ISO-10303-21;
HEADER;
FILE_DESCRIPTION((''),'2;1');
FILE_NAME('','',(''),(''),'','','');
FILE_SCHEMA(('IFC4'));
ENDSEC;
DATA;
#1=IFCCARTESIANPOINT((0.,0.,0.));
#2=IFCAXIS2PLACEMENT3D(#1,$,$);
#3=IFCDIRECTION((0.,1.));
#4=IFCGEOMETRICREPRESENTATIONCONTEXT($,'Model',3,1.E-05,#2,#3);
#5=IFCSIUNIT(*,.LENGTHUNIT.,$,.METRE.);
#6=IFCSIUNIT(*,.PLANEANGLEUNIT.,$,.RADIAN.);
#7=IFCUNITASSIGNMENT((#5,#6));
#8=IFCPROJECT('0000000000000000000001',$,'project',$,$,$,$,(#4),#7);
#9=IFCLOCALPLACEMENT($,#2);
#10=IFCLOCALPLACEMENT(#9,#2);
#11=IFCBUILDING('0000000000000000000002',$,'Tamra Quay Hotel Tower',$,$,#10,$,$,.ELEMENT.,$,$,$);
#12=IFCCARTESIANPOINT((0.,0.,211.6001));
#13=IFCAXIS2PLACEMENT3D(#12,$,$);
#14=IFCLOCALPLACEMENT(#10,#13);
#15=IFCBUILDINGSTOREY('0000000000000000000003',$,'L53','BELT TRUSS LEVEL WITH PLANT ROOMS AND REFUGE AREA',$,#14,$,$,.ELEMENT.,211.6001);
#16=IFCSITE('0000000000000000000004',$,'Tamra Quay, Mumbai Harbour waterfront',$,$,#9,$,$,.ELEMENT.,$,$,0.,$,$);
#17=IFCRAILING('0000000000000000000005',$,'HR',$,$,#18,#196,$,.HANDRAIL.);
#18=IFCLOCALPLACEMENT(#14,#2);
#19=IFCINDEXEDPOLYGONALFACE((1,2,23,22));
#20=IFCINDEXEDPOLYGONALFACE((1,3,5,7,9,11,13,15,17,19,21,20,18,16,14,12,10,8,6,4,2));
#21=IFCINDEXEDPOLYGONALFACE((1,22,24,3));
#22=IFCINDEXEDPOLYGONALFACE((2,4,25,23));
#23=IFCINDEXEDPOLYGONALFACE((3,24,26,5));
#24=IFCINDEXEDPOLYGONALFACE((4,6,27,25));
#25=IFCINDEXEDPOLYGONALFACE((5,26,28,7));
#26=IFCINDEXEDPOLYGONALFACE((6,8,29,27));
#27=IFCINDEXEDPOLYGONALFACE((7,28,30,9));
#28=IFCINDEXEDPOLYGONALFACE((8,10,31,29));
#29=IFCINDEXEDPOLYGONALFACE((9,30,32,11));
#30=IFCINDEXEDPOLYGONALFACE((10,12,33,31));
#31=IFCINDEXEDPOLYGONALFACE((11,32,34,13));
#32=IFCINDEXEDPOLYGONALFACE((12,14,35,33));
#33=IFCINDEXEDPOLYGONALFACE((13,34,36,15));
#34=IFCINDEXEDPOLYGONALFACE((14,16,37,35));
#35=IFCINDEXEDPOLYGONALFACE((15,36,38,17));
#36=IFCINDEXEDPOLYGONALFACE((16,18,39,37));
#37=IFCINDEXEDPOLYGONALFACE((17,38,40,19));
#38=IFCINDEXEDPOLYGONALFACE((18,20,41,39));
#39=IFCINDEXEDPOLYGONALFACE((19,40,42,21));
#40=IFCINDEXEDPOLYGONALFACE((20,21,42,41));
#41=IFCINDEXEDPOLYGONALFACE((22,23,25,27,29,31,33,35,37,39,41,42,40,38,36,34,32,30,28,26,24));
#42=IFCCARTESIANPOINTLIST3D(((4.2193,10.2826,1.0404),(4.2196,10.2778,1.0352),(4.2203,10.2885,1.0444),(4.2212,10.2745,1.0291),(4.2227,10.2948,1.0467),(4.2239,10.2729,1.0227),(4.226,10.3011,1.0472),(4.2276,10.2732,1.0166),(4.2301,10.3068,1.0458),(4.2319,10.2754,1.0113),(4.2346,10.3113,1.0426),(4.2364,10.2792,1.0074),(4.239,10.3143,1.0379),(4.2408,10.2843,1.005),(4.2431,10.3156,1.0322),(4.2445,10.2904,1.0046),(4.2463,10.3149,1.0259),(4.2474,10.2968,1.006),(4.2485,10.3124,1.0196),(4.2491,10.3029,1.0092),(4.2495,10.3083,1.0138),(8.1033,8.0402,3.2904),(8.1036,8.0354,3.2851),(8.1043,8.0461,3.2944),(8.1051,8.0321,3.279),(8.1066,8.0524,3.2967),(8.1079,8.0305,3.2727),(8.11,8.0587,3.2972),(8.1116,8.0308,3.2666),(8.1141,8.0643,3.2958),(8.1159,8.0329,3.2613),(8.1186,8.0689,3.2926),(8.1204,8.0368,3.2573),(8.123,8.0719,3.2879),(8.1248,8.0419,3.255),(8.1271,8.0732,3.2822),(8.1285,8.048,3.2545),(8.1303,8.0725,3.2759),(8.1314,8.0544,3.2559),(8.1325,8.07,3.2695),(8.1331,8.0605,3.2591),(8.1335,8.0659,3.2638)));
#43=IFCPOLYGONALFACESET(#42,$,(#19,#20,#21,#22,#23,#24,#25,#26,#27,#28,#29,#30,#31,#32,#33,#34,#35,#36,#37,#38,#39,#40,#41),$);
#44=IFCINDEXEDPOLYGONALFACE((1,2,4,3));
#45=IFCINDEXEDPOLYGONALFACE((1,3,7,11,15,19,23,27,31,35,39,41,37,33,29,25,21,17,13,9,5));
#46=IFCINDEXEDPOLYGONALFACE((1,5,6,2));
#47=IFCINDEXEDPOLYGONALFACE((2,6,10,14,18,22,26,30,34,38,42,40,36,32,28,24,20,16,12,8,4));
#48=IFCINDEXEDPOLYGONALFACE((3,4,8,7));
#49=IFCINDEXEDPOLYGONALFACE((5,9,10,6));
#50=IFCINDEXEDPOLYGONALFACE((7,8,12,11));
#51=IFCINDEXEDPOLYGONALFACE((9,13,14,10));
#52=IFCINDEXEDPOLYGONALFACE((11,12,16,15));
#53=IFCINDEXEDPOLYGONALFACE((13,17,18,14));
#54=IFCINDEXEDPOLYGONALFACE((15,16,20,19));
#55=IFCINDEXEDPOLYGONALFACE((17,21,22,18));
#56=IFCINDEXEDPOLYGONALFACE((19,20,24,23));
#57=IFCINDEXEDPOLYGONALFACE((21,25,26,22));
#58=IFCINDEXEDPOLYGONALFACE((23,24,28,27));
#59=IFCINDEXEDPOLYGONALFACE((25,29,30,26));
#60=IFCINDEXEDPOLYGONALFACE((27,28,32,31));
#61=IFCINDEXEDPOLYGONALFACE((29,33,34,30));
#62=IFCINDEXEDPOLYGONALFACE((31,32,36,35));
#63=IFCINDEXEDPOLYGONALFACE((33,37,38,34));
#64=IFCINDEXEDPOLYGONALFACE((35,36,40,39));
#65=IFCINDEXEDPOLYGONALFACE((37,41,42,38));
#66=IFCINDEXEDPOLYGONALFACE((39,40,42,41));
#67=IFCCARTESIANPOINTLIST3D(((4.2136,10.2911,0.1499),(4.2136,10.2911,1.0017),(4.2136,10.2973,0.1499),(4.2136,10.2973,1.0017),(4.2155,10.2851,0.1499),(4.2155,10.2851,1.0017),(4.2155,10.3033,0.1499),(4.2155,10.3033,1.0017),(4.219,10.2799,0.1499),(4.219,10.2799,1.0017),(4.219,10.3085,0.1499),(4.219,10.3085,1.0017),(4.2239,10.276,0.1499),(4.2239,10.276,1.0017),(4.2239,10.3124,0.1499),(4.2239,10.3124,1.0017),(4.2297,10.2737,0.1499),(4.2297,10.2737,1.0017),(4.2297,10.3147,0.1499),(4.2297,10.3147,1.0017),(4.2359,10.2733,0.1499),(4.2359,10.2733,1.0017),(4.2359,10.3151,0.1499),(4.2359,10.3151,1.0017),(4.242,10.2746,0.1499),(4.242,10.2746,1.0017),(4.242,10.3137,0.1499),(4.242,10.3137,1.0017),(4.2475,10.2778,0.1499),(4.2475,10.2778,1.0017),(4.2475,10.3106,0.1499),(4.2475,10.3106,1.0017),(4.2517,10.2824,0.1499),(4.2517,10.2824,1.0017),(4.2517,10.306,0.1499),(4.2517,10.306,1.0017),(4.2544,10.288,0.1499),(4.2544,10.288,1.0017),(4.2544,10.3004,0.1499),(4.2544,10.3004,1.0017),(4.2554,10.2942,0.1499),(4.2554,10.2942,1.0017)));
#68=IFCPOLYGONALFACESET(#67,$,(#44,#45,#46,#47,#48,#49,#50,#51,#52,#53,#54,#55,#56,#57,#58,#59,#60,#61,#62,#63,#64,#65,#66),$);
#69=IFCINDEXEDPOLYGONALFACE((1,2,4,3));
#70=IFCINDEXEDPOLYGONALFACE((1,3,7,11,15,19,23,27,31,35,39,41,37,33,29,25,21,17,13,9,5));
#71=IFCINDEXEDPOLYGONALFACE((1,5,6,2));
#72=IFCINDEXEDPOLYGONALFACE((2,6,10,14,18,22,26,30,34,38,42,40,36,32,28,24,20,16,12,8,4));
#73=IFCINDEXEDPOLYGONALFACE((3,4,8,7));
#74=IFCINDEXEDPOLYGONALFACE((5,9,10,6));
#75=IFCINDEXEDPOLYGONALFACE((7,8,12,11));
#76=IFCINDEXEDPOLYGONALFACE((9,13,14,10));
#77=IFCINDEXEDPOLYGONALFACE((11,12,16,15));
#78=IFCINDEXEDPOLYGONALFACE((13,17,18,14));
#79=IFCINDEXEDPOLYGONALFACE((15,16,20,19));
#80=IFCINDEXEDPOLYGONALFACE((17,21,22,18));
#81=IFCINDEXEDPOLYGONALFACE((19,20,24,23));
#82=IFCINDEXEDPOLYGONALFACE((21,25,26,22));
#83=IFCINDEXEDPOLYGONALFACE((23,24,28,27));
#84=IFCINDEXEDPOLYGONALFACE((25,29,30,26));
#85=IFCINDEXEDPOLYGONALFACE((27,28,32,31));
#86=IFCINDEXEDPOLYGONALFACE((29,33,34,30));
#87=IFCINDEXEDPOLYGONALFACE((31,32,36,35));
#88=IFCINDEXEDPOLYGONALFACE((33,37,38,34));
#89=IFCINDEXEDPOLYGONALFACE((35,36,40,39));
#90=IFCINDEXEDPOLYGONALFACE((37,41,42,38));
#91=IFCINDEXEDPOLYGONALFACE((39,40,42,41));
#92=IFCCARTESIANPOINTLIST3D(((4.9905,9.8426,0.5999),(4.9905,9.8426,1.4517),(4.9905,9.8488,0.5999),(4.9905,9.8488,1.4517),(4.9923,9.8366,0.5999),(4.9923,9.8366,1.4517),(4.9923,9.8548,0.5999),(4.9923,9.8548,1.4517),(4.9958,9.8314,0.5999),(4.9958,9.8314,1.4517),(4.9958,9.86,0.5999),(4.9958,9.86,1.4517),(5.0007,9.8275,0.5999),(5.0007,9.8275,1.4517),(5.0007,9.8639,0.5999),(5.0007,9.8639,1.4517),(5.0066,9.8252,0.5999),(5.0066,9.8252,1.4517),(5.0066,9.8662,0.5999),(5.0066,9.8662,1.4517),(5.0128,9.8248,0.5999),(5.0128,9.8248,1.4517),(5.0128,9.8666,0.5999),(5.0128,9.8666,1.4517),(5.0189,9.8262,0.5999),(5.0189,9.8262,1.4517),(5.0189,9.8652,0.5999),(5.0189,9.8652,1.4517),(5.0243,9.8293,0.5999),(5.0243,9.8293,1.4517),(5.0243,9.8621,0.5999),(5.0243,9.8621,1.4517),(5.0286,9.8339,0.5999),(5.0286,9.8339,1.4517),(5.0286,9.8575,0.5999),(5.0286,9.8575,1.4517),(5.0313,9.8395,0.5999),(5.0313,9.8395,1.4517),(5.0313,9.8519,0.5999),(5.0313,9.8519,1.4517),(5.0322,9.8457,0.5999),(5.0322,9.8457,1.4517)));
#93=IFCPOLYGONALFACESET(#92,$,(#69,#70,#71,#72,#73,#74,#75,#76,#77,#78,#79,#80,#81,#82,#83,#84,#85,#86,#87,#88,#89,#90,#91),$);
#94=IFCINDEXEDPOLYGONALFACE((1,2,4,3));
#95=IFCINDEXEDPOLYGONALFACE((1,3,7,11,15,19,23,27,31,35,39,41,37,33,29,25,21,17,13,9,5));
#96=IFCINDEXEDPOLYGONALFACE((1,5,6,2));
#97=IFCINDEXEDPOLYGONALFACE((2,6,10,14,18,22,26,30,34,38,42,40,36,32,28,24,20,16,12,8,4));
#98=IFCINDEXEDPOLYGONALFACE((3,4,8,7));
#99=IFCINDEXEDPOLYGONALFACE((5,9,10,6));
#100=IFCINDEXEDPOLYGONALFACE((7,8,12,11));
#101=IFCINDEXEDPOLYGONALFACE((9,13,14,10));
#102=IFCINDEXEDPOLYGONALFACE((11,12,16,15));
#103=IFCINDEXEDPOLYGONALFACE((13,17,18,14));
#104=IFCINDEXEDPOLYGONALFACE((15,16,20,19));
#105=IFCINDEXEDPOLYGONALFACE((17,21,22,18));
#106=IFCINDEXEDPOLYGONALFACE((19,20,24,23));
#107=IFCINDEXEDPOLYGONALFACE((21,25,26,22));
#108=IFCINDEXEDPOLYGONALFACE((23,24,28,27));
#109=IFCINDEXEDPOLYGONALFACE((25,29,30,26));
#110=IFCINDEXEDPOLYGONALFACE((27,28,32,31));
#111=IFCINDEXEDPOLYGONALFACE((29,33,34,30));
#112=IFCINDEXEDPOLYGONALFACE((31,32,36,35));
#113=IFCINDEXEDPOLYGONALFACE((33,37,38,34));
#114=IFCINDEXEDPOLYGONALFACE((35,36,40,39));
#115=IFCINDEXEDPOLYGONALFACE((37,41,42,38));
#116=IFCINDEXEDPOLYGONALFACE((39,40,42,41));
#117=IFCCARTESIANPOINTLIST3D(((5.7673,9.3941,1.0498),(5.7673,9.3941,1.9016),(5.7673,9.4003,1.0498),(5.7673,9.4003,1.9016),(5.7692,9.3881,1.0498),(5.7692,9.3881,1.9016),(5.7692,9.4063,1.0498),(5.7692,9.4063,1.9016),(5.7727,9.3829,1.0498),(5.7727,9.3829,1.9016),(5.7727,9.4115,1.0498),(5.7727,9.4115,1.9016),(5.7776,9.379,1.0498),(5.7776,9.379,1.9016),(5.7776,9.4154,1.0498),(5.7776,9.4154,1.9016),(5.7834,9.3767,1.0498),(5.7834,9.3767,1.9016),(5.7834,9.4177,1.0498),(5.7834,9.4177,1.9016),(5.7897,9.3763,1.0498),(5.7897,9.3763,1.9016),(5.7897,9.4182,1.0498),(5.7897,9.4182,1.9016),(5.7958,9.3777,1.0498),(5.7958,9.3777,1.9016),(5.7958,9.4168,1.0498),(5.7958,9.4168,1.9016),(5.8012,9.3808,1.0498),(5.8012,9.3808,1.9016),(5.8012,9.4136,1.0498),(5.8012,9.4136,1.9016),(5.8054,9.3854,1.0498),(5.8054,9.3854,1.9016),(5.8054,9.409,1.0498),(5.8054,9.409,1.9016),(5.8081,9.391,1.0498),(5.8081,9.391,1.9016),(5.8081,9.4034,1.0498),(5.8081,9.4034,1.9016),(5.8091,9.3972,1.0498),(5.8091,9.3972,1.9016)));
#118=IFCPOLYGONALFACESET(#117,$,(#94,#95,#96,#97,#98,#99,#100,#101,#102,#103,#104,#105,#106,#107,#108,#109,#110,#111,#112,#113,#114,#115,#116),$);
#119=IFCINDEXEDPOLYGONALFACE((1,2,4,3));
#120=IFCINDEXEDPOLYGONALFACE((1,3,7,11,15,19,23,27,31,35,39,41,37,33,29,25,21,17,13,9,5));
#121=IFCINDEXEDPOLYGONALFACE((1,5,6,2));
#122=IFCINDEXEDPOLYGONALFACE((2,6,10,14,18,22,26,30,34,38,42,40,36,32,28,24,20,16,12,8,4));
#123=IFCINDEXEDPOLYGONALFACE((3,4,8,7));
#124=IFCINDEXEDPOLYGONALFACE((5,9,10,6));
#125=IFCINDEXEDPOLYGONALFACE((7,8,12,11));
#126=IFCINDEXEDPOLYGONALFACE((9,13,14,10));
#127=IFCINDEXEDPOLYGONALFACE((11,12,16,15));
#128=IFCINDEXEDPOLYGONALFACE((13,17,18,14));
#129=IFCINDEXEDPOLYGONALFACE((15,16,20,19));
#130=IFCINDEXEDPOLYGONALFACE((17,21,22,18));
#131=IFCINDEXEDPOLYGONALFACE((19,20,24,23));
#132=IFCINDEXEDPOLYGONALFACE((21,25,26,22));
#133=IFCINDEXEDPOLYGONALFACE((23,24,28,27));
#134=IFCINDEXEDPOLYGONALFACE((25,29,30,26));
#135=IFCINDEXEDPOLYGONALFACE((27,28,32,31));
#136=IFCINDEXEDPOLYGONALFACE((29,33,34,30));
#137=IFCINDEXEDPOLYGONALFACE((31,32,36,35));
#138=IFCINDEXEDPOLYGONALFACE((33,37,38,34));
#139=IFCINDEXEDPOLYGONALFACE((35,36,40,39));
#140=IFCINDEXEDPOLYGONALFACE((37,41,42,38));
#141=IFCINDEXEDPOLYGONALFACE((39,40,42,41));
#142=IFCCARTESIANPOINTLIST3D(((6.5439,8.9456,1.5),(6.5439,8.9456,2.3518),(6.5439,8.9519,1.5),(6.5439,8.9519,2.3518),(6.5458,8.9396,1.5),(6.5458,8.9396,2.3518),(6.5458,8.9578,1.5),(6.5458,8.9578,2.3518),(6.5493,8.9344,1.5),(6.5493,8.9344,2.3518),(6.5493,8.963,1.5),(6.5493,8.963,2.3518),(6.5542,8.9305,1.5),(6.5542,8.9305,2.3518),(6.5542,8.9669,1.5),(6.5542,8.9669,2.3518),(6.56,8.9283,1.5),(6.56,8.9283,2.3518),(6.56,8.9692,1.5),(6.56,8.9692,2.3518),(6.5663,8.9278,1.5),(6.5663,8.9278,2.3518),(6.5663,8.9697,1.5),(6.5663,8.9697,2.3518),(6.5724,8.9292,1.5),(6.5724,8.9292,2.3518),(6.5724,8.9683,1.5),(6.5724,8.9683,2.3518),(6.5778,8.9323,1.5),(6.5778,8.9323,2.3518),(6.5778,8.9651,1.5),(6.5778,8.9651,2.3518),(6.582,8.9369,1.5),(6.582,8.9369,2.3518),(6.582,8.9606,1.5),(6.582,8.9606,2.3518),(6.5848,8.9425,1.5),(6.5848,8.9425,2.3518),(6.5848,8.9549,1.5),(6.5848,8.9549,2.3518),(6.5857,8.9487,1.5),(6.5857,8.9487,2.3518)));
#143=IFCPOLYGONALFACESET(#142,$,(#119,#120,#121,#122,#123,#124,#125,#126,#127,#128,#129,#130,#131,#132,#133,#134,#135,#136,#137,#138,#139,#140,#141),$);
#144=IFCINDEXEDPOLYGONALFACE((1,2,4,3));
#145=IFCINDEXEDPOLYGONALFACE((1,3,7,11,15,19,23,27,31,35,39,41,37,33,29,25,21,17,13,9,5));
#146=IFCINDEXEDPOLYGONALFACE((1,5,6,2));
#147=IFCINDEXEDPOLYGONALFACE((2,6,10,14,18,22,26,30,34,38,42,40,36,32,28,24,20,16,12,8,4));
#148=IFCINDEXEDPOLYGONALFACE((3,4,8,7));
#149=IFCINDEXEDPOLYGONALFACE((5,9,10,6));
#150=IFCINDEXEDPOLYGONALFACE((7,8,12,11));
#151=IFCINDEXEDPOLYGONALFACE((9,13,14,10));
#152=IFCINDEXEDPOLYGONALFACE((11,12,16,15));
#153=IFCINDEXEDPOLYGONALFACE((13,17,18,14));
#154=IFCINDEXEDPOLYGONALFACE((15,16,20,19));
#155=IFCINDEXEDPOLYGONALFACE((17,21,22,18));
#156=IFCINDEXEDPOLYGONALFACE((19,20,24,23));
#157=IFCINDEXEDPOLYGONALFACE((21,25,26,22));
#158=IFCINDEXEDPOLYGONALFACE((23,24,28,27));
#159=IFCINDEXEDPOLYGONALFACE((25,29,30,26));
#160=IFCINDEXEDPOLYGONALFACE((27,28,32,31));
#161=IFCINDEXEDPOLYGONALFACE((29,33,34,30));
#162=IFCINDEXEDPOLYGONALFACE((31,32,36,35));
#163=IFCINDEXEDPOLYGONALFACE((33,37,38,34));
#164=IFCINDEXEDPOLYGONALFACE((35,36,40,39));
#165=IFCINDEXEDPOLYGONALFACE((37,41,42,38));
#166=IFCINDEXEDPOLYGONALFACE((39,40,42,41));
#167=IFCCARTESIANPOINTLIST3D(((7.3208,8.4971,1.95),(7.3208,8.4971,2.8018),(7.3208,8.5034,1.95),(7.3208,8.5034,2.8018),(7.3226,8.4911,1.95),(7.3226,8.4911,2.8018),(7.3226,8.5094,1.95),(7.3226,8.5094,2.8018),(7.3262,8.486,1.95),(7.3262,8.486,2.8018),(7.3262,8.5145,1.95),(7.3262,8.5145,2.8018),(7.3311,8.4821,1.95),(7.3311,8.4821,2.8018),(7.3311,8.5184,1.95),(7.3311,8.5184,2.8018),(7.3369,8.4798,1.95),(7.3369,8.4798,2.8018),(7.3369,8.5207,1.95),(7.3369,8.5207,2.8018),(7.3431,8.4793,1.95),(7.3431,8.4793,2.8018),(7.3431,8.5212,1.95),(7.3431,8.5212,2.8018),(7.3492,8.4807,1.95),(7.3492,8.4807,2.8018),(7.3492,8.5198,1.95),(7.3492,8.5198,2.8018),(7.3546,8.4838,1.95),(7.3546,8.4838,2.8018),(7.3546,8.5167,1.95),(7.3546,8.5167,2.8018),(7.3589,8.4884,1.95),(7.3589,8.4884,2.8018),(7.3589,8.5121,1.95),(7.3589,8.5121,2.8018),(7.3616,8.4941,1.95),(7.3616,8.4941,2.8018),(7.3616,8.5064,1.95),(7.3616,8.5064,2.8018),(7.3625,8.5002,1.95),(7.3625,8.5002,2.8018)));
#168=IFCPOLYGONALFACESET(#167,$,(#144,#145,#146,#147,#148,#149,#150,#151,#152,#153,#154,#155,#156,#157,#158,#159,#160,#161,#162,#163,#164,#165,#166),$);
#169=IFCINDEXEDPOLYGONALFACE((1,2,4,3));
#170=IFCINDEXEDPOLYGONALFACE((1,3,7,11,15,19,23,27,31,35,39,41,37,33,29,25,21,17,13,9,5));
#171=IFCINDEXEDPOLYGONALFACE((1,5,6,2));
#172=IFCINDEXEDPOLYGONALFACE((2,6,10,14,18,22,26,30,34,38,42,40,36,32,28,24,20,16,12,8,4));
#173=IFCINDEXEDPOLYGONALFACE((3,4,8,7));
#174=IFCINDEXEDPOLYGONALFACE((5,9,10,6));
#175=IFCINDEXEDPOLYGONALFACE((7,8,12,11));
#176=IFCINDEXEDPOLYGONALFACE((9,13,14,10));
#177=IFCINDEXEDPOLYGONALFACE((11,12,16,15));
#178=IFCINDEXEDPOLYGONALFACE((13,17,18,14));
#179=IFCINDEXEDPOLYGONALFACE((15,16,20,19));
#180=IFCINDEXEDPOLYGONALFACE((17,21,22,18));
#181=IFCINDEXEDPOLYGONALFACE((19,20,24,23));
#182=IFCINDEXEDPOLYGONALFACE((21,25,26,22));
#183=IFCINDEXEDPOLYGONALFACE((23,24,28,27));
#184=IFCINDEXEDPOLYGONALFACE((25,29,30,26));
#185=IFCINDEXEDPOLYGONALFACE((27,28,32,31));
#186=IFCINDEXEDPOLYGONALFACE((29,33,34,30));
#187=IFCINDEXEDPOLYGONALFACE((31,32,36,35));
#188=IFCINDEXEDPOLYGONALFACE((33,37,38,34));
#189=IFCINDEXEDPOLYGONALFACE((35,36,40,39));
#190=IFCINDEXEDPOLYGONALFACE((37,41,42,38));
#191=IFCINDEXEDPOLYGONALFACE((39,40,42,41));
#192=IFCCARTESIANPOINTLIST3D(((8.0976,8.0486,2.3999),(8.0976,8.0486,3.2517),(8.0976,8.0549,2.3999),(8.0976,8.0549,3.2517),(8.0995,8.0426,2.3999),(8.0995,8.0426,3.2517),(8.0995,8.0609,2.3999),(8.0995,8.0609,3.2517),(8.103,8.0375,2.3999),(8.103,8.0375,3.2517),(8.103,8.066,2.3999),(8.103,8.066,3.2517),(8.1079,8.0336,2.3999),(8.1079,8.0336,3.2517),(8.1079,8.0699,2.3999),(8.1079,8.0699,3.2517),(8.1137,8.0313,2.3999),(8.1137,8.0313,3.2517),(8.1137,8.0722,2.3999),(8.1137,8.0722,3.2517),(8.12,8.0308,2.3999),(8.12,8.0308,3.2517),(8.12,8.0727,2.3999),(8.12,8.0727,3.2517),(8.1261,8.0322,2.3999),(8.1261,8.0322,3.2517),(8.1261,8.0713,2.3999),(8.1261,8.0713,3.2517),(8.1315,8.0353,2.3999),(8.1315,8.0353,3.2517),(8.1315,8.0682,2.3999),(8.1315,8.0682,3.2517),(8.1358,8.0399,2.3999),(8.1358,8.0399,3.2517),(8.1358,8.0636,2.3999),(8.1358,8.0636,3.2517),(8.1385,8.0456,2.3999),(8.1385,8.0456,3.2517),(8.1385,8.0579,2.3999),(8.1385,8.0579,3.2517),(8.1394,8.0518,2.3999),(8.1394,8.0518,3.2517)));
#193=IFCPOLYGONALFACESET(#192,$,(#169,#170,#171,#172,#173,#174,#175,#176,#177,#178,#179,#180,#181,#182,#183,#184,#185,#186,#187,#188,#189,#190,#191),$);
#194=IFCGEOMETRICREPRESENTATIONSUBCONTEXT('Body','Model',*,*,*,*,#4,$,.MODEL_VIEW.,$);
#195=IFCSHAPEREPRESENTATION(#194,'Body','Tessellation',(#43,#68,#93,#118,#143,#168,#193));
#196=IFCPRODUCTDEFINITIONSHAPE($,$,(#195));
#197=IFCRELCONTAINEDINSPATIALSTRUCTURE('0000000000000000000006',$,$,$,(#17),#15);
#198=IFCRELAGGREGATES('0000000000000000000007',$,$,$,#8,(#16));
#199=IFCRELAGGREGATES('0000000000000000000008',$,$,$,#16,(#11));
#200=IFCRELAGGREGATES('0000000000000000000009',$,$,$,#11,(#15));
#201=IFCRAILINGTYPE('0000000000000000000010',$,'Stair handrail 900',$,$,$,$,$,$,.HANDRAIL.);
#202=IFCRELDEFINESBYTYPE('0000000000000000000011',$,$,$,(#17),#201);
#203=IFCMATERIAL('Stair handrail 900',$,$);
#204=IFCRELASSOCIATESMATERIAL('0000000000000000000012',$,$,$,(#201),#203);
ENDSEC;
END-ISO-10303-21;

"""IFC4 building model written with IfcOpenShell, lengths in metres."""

from ifc_helpers import new_model, si_unit, direction, frame, origin, origin_2d, place, context, subcontext, project, spatial, circle, extrude, material, type_object, element, save


model = new_model("IFC4")

# Units and contexts
model_context = context("Model", 3, precision=1e-05, world=origin(), true_north=direction((0.0, 1.0)))
body_context = subcontext(model_context, "Body", "Model", "MODEL_VIEW")
ifc_project = project(units=[si_unit("LENGTHUNIT", "METRE"), si_unit("PLANEANGLEUNIT", "RADIAN")], contexts=[model_context])

# Site, building, storey
site_placement = place(None, origin())
site = spatial("IfcSite", under=ifc_project, at=site_placement, Name="Tamra Quay, Mumbai Harbour waterfront", CompositionType="ELEMENT", RefElevation=0.0)
building_placement = place(site_placement, origin())
building = spatial("IfcBuilding", under=site, at=building_placement, Name="Tamra Quay Hotel Tower", CompositionType="ELEMENT")
storey_placement = place(building_placement, frame((0.0, 0.0, 211.6001)))
storey = spatial("IfcBuildingStorey", under=building, at=storey_placement, Name="L53", Description="BELT TRUSS LEVEL WITH PLANT ROOMS AND REFUGE AREA", CompositionType="ELEMENT", Elevation=211.6001)

# Railing
ifc_material_1 = material(Name="Stair handrail 900")
railing_type_1 = type_object("IfcRailingType", Name="Stair handrail 900", PredefinedType="HANDRAIL", material=ifc_material_1)
railing_1_placement = place(storey_placement, frame((4.2344, 10.2942, 0.1499)))
element("IfcRailing", 1, at=railing_1_placement, inside=storey, type_object=railing_type_1, Name="HR", PredefinedType="HANDRAIL", context=body_context, shape_type="SweptSolid", body=[
    extrude(circle(Radius=0.0239, at=origin_2d()), frame((0.0, 0.0, 0.876), z_axis=(0.774076, -0.44691, 0.448418), x_axis=(0.499997, 0.866027, 0.0)), (0.0, 0.0, 1.0), 5.0176),
    extrude(circle(Radius=0.021, at=origin_2d()), origin(), (0.0, 0.0, 1.0), 0.8518),
    extrude(circle(Radius=0.021, at=origin_2d()), frame((0.7769, -0.4485, 0.45)), (0.0, 0.0, 1.0), 0.8518),
    extrude(circle(Radius=0.021, at=origin_2d()), frame((1.5537, -0.897, 0.8999)), (0.0, 0.0, 1.0), 0.8518),
    extrude(circle(Radius=0.021, at=origin_2d()), frame((2.3303, -1.3455, 1.3501)), (0.0, 0.0, 1.0), 0.8518),
    extrude(circle(Radius=0.021, at=origin_2d()), frame((3.1072, -1.7939, 1.8)), (0.0, 0.0, 1.0), 0.8518),
    extrude(circle(Radius=0.021, at=origin_2d()), frame((3.884, -2.2424, 2.25)), (0.0, 0.0, 1.0), 0.8518),
])

save(model, "model.ifc")
